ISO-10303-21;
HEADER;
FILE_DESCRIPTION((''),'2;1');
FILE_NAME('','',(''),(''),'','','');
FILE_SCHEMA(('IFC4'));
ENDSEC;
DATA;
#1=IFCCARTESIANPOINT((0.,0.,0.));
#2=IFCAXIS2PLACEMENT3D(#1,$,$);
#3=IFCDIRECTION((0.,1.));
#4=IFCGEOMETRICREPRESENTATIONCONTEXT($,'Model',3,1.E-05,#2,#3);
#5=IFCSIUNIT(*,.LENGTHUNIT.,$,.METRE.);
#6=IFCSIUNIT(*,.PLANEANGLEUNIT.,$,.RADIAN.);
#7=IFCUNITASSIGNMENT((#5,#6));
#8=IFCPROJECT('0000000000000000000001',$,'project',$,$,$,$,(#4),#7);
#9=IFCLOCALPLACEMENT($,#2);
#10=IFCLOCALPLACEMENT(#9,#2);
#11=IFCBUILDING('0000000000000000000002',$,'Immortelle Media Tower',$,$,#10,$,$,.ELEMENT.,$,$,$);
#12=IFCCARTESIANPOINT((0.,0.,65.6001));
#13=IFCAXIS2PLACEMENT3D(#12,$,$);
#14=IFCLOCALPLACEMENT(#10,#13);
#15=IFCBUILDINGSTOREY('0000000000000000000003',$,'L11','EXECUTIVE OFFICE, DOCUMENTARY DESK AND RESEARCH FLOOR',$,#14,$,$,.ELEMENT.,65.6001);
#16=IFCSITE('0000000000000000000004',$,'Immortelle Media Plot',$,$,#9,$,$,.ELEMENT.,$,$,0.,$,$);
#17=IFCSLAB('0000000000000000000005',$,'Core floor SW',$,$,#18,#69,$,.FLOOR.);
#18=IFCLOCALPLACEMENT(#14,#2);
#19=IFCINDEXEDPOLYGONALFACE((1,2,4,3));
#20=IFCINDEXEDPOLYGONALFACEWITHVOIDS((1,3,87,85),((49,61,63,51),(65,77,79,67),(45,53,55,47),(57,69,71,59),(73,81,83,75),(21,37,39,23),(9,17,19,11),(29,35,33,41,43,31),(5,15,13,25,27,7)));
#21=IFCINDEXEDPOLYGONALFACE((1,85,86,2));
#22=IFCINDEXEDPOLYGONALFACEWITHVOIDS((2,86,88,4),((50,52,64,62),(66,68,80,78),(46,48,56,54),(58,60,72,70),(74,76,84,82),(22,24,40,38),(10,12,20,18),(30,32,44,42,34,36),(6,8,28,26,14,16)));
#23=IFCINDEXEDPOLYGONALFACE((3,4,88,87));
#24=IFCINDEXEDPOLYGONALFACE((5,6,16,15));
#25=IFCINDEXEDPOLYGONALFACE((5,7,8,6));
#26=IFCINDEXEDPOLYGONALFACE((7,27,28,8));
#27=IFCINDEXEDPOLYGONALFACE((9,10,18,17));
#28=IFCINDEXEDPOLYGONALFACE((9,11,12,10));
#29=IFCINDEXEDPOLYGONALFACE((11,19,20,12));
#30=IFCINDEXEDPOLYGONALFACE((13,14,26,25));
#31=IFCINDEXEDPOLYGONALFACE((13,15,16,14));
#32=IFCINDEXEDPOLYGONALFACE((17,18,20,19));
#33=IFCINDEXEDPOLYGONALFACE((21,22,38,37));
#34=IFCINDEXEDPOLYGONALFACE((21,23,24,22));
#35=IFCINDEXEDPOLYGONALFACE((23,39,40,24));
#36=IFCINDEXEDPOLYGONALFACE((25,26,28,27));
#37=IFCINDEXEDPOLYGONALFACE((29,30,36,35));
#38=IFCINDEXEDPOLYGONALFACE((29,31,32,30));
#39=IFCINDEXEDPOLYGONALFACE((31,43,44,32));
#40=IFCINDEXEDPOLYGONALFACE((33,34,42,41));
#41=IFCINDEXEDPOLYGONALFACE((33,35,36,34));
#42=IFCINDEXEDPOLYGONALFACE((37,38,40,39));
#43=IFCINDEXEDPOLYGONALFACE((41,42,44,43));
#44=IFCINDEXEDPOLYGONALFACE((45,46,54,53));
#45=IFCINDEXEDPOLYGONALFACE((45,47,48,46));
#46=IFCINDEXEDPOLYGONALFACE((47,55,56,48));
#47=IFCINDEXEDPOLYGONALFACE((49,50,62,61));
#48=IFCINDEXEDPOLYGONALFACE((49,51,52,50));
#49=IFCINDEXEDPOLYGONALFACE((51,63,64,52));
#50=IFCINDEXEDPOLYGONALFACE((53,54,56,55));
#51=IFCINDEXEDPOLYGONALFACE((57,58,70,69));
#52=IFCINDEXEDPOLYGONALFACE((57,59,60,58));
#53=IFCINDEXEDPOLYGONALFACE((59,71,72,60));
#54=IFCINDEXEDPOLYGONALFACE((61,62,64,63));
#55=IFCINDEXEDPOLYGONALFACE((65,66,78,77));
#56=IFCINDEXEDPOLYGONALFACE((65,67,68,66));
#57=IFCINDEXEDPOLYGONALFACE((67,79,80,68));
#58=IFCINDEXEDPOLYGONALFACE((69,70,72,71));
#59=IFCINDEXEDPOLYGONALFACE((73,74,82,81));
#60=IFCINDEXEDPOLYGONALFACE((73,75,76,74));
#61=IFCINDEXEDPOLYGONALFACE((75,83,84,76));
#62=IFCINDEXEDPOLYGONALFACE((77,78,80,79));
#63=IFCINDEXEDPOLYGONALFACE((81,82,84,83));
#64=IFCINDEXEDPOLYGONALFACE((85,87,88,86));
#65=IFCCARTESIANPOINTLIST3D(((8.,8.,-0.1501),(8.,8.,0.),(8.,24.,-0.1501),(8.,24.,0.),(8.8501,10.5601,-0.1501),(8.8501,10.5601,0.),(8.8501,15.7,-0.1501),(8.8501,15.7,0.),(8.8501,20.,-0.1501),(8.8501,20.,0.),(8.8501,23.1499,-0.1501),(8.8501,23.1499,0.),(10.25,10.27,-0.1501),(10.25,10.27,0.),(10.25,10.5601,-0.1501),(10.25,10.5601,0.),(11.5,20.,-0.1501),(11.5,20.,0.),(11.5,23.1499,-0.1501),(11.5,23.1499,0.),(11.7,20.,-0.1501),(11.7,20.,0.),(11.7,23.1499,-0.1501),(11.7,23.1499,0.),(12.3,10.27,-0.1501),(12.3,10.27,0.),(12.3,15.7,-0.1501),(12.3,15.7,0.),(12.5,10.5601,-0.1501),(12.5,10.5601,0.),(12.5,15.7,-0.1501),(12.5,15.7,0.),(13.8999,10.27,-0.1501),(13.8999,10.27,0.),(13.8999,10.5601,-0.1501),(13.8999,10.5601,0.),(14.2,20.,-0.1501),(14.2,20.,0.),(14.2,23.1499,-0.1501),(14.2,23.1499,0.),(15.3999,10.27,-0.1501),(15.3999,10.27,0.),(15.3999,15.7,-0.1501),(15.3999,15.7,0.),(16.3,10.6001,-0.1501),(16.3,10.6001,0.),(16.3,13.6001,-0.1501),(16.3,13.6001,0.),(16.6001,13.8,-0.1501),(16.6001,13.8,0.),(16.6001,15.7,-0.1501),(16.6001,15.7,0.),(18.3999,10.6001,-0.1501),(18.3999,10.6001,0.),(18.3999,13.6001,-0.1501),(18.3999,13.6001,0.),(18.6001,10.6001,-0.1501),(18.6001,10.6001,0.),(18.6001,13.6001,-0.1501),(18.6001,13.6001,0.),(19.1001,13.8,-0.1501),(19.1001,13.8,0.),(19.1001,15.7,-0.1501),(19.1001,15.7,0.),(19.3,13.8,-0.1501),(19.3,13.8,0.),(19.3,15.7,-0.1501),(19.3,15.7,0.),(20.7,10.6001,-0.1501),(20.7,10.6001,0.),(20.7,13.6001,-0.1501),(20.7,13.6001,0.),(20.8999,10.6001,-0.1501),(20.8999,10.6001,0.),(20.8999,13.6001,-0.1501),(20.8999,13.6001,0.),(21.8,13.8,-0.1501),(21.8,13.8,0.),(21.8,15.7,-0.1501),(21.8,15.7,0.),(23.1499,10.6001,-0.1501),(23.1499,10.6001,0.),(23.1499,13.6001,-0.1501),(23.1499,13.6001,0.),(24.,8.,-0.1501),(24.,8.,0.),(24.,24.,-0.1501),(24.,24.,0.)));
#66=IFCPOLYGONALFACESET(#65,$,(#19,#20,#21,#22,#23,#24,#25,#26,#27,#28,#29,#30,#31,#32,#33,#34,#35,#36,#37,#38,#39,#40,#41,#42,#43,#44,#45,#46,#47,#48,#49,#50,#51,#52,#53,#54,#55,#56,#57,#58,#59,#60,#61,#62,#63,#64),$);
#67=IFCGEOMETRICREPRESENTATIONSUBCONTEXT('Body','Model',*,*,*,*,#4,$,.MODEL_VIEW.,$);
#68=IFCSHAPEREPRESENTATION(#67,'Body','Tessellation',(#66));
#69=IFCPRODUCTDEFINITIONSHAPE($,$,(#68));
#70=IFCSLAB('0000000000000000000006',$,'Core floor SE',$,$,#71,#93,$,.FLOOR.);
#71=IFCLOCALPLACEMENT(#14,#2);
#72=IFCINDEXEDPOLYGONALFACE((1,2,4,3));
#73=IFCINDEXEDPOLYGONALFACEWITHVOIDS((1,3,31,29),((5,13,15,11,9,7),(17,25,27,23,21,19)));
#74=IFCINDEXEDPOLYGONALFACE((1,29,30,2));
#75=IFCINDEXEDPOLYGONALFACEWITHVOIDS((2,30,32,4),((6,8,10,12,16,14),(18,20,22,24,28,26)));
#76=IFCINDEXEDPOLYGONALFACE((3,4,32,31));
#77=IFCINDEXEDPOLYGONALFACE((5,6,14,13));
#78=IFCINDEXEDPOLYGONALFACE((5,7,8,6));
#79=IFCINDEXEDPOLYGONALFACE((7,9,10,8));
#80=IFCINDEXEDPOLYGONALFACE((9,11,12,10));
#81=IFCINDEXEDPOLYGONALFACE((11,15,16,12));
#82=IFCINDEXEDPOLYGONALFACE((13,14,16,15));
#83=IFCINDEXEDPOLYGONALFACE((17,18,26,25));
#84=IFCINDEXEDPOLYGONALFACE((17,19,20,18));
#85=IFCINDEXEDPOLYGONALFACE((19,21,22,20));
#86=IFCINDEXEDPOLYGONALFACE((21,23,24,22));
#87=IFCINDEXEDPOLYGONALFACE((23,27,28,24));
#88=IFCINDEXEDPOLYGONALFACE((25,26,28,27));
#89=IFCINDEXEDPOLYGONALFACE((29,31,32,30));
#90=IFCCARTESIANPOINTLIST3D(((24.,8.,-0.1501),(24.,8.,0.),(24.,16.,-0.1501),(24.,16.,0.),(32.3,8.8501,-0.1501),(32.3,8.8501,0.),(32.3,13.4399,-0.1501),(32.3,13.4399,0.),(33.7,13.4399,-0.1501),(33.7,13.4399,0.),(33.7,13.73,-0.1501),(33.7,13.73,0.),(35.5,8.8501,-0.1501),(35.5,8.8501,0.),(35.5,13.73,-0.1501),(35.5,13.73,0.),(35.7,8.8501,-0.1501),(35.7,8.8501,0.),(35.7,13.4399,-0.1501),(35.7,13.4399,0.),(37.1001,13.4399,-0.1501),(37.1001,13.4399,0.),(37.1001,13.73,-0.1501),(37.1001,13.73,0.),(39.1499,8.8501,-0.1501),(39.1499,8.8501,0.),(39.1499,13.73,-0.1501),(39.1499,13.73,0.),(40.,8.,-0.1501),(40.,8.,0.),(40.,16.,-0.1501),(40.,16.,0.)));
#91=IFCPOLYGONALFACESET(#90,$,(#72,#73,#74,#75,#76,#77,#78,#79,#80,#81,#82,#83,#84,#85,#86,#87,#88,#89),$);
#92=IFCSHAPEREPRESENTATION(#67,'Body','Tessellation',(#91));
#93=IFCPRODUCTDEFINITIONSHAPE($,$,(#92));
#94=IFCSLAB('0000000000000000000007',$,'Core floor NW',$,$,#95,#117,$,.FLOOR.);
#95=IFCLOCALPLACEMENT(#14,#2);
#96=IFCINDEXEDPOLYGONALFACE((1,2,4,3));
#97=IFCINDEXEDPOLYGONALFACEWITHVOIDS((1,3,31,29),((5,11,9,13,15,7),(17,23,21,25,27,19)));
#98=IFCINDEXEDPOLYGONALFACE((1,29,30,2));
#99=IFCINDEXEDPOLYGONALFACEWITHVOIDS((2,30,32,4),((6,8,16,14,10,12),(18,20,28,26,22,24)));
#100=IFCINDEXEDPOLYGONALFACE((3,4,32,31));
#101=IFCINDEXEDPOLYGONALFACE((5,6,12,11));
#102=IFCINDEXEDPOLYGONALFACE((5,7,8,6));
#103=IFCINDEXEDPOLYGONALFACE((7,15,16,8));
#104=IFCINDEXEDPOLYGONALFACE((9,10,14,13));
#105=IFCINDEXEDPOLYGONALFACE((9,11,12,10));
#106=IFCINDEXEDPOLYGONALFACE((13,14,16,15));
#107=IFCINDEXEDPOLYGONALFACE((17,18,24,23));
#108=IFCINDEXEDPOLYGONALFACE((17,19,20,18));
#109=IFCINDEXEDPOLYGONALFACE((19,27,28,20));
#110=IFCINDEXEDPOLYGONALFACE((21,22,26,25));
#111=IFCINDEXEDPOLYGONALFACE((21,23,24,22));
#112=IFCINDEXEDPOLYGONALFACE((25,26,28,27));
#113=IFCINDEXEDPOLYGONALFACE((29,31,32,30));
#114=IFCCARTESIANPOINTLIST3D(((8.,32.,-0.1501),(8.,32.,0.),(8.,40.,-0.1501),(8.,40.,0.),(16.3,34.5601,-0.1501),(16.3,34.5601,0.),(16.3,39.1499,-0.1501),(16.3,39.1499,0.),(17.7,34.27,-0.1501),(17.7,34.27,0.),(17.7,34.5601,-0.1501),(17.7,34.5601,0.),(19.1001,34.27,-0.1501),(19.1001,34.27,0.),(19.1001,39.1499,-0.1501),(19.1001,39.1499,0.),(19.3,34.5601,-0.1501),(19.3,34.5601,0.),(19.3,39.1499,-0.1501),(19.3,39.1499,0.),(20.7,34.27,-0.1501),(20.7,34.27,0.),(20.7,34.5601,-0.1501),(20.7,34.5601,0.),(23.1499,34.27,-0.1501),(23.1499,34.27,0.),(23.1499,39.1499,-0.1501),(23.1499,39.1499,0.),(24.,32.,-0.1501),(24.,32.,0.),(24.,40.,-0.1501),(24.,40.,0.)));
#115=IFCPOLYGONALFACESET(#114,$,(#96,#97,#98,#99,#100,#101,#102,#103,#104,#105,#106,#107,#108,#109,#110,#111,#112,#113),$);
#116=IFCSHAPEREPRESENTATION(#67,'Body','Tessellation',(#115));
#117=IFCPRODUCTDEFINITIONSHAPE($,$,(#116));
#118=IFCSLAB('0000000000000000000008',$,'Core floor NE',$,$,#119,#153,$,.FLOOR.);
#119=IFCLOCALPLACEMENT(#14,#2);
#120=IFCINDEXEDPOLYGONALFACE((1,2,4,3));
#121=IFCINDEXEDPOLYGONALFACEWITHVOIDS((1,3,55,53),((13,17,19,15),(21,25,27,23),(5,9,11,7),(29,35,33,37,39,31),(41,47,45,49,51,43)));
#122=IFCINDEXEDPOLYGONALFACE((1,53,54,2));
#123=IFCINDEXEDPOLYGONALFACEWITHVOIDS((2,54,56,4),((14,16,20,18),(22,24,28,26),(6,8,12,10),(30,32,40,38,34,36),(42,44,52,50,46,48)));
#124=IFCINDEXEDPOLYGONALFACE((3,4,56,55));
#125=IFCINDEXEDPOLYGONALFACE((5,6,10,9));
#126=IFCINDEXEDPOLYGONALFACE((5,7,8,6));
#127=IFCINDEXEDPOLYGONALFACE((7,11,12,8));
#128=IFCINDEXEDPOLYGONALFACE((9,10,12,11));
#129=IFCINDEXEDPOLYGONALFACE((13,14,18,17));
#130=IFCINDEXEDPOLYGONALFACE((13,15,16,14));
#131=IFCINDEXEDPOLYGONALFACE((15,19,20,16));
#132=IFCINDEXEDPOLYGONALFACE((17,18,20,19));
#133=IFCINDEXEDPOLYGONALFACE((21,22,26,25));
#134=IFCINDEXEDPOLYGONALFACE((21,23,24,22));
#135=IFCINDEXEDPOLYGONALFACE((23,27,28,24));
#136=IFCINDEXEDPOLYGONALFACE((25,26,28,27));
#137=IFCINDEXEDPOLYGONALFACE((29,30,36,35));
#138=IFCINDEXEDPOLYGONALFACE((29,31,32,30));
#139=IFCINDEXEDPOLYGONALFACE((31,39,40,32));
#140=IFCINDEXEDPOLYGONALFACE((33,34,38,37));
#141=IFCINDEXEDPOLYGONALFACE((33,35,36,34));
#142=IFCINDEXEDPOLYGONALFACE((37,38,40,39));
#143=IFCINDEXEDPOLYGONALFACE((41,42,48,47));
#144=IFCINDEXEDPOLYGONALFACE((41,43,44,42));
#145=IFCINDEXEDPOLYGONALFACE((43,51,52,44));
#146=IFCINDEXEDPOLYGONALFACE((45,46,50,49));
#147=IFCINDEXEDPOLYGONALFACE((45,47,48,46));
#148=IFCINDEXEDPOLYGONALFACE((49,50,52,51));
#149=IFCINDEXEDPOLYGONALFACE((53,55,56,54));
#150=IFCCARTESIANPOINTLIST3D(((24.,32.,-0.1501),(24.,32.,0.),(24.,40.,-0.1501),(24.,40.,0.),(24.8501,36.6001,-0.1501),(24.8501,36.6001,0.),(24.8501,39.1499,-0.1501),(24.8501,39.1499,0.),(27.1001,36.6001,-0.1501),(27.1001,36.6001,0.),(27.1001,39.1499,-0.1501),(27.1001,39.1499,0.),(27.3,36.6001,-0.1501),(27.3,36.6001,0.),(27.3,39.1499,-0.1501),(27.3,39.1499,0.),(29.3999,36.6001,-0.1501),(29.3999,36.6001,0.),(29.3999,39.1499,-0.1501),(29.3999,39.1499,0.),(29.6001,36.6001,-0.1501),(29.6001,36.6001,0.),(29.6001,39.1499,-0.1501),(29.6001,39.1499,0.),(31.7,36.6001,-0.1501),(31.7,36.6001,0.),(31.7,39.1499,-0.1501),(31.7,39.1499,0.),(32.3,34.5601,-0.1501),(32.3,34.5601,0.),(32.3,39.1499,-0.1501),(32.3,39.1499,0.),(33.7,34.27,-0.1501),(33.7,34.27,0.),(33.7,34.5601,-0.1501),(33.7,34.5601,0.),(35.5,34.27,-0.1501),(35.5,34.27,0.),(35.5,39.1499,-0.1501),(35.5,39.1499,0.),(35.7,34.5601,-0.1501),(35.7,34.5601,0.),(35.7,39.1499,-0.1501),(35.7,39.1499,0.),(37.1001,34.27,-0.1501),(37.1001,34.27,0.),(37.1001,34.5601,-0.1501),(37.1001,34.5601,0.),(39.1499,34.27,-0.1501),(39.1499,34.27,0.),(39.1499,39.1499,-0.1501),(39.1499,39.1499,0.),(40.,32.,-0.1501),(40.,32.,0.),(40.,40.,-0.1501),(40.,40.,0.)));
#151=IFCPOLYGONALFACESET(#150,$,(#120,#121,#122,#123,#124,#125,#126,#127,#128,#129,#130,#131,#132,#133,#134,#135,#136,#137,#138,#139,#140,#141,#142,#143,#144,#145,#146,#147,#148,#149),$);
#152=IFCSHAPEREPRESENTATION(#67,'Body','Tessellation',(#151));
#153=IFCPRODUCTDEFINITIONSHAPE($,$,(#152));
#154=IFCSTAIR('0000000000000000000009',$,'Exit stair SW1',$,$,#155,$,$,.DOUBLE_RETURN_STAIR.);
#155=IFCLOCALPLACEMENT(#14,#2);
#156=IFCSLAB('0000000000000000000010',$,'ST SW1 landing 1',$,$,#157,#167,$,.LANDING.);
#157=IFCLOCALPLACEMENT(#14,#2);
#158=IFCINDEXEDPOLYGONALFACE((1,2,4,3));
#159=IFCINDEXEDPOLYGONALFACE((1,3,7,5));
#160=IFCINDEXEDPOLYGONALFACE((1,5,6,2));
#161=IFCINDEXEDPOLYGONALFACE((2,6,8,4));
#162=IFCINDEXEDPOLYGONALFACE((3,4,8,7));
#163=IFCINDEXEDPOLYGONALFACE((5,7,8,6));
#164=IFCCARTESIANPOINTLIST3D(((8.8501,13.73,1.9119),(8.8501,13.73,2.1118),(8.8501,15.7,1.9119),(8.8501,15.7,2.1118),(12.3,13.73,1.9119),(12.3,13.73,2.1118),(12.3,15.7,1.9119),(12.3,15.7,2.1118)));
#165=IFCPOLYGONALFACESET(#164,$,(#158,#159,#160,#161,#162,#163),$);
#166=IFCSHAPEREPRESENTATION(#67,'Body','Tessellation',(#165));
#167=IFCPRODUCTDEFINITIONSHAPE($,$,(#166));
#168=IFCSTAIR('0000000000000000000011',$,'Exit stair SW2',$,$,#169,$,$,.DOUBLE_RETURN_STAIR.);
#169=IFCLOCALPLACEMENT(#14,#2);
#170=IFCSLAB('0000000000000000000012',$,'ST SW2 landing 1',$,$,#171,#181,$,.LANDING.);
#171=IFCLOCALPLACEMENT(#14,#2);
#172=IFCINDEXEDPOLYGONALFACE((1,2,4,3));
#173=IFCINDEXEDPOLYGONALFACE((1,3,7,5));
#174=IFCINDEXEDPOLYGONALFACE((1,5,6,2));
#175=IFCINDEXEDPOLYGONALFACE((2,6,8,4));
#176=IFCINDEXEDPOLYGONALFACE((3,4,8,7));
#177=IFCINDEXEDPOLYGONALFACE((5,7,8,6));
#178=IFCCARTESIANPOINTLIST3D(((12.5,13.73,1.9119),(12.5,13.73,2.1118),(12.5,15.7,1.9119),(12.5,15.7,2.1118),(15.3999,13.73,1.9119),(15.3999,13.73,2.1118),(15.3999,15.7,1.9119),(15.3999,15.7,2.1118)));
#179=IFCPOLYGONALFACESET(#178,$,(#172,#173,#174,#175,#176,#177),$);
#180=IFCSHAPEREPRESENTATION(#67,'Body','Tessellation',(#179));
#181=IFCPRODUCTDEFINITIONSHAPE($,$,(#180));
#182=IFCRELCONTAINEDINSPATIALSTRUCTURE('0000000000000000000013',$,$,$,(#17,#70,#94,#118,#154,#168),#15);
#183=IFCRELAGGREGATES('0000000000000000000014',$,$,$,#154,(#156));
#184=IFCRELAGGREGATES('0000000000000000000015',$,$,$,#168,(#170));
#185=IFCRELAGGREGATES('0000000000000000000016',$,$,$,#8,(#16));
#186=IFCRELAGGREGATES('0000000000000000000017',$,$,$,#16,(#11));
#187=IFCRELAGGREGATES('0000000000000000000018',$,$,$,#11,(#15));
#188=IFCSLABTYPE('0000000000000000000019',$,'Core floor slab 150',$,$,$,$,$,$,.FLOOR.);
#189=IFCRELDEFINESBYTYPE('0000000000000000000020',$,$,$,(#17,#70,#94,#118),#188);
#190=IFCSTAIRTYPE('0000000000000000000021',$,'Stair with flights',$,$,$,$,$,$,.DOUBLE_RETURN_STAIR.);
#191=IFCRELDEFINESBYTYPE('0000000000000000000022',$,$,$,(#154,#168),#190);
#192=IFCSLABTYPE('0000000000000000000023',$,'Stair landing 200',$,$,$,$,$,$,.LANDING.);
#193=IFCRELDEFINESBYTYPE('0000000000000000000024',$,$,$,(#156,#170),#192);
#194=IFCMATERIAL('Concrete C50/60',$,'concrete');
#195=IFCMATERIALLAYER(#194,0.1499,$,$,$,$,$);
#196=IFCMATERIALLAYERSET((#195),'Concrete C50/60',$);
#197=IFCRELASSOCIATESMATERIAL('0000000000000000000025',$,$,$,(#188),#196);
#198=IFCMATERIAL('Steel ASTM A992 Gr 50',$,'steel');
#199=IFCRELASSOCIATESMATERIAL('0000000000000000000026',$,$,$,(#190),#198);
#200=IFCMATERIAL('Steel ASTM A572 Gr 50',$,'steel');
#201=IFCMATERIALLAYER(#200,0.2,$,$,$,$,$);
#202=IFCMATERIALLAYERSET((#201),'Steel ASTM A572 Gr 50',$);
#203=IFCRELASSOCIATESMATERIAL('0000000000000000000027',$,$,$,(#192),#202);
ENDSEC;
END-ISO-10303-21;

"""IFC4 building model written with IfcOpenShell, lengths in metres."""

from ifc_helpers import new_model, si_unit, direction, frame, origin, place, context, subcontext, project, spatial, polyline, outline, extrude, material, layer, layer_set, type_object, element, aggregate, save


model = new_model("IFC4")

# Units and contexts
model_context = context("Model", 3, precision=1e-05, world=origin(), true_north=direction((0.0, 1.0)))
body_context = subcontext(model_context, "Body", "Model", "MODEL_VIEW")
ifc_project = project(units=[si_unit("LENGTHUNIT", "METRE"), si_unit("PLANEANGLEUNIT", "RADIAN")], contexts=[model_context])

# Site, building, storey
site_placement = place(None, origin())
site = spatial("IfcSite", under=ifc_project, at=site_placement, Name="Immortelle Media Plot", CompositionType="ELEMENT", RefElevation=0.0)
building_placement = place(site_placement, origin())
building = spatial("IfcBuilding", under=site, at=building_placement, Name="Immortelle Media Tower", CompositionType="ELEMENT")
storey_placement = place(building_placement, frame((0.0, 0.0, 65.6001)))
storey = spatial("IfcBuildingStorey", under=building, at=storey_placement, Name="L11", Description="EXECUTIVE OFFICE, DOCUMENTARY DESK AND RESEARCH FLOOR", CompositionType="ELEMENT", Elevation=65.6001)

# Slabs
ifc_material_1 = material(Name="Concrete C50/60", Category="concrete")
ifc_layer_1 = layer(ifc_material_1, 0.1499)
ifc_layer_set_1 = layer_set([ifc_layer_1], Name="Concrete C50/60")
slab_type_1 = type_object("IfcSlabType", Name="Core floor slab 150", PredefinedType="FLOOR", material=ifc_layer_set_1)
slab_1_placement = place(storey_placement, frame((0.0, 0.0, -0.1501)))
element("IfcSlab", 1, at=slab_1_placement, inside=storey, type_object=slab_type_1, Name="Core floor SW", PredefinedType="FLOOR", context=body_context, shape_type="SweptSolid", body=[
    extrude(outline(polyline([(8.0, 8.0), (24.0, 8.0), (24.0, 24.0), (8.0, 24.0), (8.0, 8.0)]), holes=[polyline([(8.8501, 20.0), (11.5, 20.0), (11.5, 23.1499), (8.8501, 23.1499), (8.8501, 20.0)]), polyline([(11.7, 20.0), (14.2, 20.0), (14.2, 23.1499), (11.7, 23.1499), (11.7, 20.0)]), polyline([(16.6001, 13.8), (19.1001, 13.8), (19.1001, 15.7), (16.6001, 15.7), (16.6001, 13.8)]), polyline([(19.3, 13.8), (21.8, 13.8), (21.8, 15.7), (19.3, 15.7), (19.3, 13.8)]), polyline([(16.3, 10.6001), (18.3999, 10.6001), (18.3999, 13.6001), (16.3, 13.6001), (16.3, 10.6001)]), polyline([(18.6001, 10.6001), (20.7, 10.6001), (20.7, 13.6001), (18.6001, 13.6001), (18.6001, 10.6001)]), polyline([(20.8999, 10.6001), (23.1499, 10.6001), (23.1499, 13.6001), (20.8999, 13.6001), (20.8999, 10.6001)]), polyline([(8.8501, 15.7), (12.3, 15.7), (12.3, 10.27), (10.25, 10.27), (10.25, 10.5601), (8.8501, 10.5601), (8.8501, 15.7)]), polyline([(12.5, 15.7), (15.3999, 15.7), (15.3999, 10.27), (13.8999, 10.27), (13.8999, 10.5601), (12.5, 10.5601), (12.5, 15.7)])]), origin(), (0.0, 0.0, 1.0), 0.1501),
])
slab_2_placement = place(storey_placement, frame((0.0, 0.0, -0.1501)))
element("IfcSlab", 2, at=slab_2_placement, inside=storey, type_object=slab_type_1, Name="Core floor SE", PredefinedType="FLOOR", context=body_context, shape_type="SweptSolid", body=[
    extrude(outline(polyline([(24.0, 8.0), (40.0, 8.0), (40.0, 16.0), (24.0, 16.0), (24.0, 8.0)]), holes=[polyline([(35.5, 13.73), (35.5, 8.8501), (32.3, 8.8501), (32.3, 13.4399), (33.7, 13.4399), (33.7, 13.73), (35.5, 13.73)]), polyline([(39.1499, 13.73), (39.1499, 8.8501), (35.7, 8.8501), (35.7, 13.4399), (37.1001, 13.4399), (37.1001, 13.73), (39.1499, 13.73)])]), origin(), (0.0, 0.0, 1.0), 0.1501),
])
slab_3_placement = place(storey_placement, frame((0.0, 0.0, -0.1501)))
element("IfcSlab", 3, at=slab_3_placement, inside=storey, type_object=slab_type_1, Name="Core floor NW", PredefinedType="FLOOR", context=body_context, shape_type="SweptSolid", body=[
    extrude(outline(polyline([(8.0, 32.0), (24.0, 32.0), (24.0, 40.0), (8.0, 40.0), (8.0, 32.0)]), holes=[polyline([(16.3, 39.1499), (19.1001, 39.1499), (19.1001, 34.27), (17.7, 34.27), (17.7, 34.5601), (16.3, 34.5601), (16.3, 39.1499)]), polyline([(19.3, 39.1499), (23.1499, 39.1499), (23.1499, 34.27), (20.7, 34.27), (20.7, 34.5601), (19.3, 34.5601), (19.3, 39.1499)])]), origin(), (0.0, 0.0, 1.0), 0.1501),
])
slab_4_placement = place(storey_placement, frame((0.0, 0.0, -0.1501)))
element("IfcSlab", 4, at=slab_4_placement, inside=storey, type_object=slab_type_1, Name="Core floor NE", PredefinedType="FLOOR", context=body_context, shape_type="SweptSolid", body=[
    extrude(outline(polyline([(24.0, 32.0), (40.0, 32.0), (40.0, 40.0), (24.0, 40.0), (24.0, 32.0)]), holes=[polyline([(24.8501, 36.6001), (27.1001, 36.6001), (27.1001, 39.1499), (24.8501, 39.1499), (24.8501, 36.6001)]), polyline([(27.3, 36.6001), (29.3999, 36.6001), (29.3999, 39.1499), (27.3, 39.1499), (27.3, 36.6001)]), polyline([(29.6001, 36.6001), (31.7, 36.6001), (31.7, 39.1499), (29.6001, 39.1499), (29.6001, 36.6001)]), polyline([(32.3, 39.1499), (35.5, 39.1499), (35.5, 34.27), (33.7, 34.27), (33.7, 34.5601), (32.3, 34.5601), (32.3, 39.1499)]), polyline([(35.7, 39.1499), (39.1499, 39.1499), (39.1499, 34.27), (37.1001, 34.27), (37.1001, 34.5601), (35.7, 34.5601), (35.7, 39.1499)])]), origin(), (0.0, 0.0, 1.0), 0.1501),
])

# Stairs, slabs
ifc_material_2 = material(Name="Steel ASTM A992 Gr 50", Category="steel")
stair_type = type_object("IfcStairType", Name="Stair with flights", PredefinedType="DOUBLE_RETURN_STAIR", material=ifc_material_2)
stair_1_placement = place(storey_placement, origin())
stair_1 = element("IfcStair", 5, at=stair_1_placement, inside=storey, type_object=stair_type, Name="Exit stair SW1", PredefinedType="DOUBLE_RETURN_STAIR")
ifc_material_3 = material(Name="Steel ASTM A572 Gr 50", Category="steel")
ifc_layer_2 = layer(ifc_material_3, 0.2)
ifc_layer_set_2 = layer_set([ifc_layer_2], Name="Steel ASTM A572 Gr 50")
slab_type_2 = type_object("IfcSlabType", Name="Stair landing 200", PredefinedType="LANDING", material=ifc_layer_set_2)
slab_5_placement = place(storey_placement, frame((0.0, 0.0, 1.9119)))
slab_5 = element("IfcSlab", 6, at=slab_5_placement, type_object=slab_type_2, Name="ST SW1 landing 1", PredefinedType="LANDING", context=body_context, shape_type="SweptSolid", body=[
    extrude(outline(polyline([(8.8501, 13.73), (12.3, 13.73), (12.3, 15.7), (8.8501, 15.7), (8.8501, 13.73)])), origin(), (0.0, 0.0, 1.0), 0.2),
])
aggregate(stair_1, [slab_5])
stair_2_placement = place(storey_placement, origin())
stair_2 = element("IfcStair", 7, at=stair_2_placement, inside=storey, type_object=stair_type, Name="Exit stair SW2", PredefinedType="DOUBLE_RETURN_STAIR")
slab_6_placement = place(storey_placement, frame((0.0, 0.0, 1.9119)))
slab_6 = element("IfcSlab", 8, at=slab_6_placement, type_object=slab_type_2, Name="ST SW2 landing 1", PredefinedType="LANDING", context=body_context, shape_type="SweptSolid", body=[
    extrude(outline(polyline([(12.5, 13.73), (15.3999, 13.73), (15.3999, 15.7), (12.5, 15.7), (12.5, 13.73)])), origin(), (0.0, 0.0, 1.0), 0.2),
])
aggregate(stair_2, [slab_6])

save(model, "model.ifc")
